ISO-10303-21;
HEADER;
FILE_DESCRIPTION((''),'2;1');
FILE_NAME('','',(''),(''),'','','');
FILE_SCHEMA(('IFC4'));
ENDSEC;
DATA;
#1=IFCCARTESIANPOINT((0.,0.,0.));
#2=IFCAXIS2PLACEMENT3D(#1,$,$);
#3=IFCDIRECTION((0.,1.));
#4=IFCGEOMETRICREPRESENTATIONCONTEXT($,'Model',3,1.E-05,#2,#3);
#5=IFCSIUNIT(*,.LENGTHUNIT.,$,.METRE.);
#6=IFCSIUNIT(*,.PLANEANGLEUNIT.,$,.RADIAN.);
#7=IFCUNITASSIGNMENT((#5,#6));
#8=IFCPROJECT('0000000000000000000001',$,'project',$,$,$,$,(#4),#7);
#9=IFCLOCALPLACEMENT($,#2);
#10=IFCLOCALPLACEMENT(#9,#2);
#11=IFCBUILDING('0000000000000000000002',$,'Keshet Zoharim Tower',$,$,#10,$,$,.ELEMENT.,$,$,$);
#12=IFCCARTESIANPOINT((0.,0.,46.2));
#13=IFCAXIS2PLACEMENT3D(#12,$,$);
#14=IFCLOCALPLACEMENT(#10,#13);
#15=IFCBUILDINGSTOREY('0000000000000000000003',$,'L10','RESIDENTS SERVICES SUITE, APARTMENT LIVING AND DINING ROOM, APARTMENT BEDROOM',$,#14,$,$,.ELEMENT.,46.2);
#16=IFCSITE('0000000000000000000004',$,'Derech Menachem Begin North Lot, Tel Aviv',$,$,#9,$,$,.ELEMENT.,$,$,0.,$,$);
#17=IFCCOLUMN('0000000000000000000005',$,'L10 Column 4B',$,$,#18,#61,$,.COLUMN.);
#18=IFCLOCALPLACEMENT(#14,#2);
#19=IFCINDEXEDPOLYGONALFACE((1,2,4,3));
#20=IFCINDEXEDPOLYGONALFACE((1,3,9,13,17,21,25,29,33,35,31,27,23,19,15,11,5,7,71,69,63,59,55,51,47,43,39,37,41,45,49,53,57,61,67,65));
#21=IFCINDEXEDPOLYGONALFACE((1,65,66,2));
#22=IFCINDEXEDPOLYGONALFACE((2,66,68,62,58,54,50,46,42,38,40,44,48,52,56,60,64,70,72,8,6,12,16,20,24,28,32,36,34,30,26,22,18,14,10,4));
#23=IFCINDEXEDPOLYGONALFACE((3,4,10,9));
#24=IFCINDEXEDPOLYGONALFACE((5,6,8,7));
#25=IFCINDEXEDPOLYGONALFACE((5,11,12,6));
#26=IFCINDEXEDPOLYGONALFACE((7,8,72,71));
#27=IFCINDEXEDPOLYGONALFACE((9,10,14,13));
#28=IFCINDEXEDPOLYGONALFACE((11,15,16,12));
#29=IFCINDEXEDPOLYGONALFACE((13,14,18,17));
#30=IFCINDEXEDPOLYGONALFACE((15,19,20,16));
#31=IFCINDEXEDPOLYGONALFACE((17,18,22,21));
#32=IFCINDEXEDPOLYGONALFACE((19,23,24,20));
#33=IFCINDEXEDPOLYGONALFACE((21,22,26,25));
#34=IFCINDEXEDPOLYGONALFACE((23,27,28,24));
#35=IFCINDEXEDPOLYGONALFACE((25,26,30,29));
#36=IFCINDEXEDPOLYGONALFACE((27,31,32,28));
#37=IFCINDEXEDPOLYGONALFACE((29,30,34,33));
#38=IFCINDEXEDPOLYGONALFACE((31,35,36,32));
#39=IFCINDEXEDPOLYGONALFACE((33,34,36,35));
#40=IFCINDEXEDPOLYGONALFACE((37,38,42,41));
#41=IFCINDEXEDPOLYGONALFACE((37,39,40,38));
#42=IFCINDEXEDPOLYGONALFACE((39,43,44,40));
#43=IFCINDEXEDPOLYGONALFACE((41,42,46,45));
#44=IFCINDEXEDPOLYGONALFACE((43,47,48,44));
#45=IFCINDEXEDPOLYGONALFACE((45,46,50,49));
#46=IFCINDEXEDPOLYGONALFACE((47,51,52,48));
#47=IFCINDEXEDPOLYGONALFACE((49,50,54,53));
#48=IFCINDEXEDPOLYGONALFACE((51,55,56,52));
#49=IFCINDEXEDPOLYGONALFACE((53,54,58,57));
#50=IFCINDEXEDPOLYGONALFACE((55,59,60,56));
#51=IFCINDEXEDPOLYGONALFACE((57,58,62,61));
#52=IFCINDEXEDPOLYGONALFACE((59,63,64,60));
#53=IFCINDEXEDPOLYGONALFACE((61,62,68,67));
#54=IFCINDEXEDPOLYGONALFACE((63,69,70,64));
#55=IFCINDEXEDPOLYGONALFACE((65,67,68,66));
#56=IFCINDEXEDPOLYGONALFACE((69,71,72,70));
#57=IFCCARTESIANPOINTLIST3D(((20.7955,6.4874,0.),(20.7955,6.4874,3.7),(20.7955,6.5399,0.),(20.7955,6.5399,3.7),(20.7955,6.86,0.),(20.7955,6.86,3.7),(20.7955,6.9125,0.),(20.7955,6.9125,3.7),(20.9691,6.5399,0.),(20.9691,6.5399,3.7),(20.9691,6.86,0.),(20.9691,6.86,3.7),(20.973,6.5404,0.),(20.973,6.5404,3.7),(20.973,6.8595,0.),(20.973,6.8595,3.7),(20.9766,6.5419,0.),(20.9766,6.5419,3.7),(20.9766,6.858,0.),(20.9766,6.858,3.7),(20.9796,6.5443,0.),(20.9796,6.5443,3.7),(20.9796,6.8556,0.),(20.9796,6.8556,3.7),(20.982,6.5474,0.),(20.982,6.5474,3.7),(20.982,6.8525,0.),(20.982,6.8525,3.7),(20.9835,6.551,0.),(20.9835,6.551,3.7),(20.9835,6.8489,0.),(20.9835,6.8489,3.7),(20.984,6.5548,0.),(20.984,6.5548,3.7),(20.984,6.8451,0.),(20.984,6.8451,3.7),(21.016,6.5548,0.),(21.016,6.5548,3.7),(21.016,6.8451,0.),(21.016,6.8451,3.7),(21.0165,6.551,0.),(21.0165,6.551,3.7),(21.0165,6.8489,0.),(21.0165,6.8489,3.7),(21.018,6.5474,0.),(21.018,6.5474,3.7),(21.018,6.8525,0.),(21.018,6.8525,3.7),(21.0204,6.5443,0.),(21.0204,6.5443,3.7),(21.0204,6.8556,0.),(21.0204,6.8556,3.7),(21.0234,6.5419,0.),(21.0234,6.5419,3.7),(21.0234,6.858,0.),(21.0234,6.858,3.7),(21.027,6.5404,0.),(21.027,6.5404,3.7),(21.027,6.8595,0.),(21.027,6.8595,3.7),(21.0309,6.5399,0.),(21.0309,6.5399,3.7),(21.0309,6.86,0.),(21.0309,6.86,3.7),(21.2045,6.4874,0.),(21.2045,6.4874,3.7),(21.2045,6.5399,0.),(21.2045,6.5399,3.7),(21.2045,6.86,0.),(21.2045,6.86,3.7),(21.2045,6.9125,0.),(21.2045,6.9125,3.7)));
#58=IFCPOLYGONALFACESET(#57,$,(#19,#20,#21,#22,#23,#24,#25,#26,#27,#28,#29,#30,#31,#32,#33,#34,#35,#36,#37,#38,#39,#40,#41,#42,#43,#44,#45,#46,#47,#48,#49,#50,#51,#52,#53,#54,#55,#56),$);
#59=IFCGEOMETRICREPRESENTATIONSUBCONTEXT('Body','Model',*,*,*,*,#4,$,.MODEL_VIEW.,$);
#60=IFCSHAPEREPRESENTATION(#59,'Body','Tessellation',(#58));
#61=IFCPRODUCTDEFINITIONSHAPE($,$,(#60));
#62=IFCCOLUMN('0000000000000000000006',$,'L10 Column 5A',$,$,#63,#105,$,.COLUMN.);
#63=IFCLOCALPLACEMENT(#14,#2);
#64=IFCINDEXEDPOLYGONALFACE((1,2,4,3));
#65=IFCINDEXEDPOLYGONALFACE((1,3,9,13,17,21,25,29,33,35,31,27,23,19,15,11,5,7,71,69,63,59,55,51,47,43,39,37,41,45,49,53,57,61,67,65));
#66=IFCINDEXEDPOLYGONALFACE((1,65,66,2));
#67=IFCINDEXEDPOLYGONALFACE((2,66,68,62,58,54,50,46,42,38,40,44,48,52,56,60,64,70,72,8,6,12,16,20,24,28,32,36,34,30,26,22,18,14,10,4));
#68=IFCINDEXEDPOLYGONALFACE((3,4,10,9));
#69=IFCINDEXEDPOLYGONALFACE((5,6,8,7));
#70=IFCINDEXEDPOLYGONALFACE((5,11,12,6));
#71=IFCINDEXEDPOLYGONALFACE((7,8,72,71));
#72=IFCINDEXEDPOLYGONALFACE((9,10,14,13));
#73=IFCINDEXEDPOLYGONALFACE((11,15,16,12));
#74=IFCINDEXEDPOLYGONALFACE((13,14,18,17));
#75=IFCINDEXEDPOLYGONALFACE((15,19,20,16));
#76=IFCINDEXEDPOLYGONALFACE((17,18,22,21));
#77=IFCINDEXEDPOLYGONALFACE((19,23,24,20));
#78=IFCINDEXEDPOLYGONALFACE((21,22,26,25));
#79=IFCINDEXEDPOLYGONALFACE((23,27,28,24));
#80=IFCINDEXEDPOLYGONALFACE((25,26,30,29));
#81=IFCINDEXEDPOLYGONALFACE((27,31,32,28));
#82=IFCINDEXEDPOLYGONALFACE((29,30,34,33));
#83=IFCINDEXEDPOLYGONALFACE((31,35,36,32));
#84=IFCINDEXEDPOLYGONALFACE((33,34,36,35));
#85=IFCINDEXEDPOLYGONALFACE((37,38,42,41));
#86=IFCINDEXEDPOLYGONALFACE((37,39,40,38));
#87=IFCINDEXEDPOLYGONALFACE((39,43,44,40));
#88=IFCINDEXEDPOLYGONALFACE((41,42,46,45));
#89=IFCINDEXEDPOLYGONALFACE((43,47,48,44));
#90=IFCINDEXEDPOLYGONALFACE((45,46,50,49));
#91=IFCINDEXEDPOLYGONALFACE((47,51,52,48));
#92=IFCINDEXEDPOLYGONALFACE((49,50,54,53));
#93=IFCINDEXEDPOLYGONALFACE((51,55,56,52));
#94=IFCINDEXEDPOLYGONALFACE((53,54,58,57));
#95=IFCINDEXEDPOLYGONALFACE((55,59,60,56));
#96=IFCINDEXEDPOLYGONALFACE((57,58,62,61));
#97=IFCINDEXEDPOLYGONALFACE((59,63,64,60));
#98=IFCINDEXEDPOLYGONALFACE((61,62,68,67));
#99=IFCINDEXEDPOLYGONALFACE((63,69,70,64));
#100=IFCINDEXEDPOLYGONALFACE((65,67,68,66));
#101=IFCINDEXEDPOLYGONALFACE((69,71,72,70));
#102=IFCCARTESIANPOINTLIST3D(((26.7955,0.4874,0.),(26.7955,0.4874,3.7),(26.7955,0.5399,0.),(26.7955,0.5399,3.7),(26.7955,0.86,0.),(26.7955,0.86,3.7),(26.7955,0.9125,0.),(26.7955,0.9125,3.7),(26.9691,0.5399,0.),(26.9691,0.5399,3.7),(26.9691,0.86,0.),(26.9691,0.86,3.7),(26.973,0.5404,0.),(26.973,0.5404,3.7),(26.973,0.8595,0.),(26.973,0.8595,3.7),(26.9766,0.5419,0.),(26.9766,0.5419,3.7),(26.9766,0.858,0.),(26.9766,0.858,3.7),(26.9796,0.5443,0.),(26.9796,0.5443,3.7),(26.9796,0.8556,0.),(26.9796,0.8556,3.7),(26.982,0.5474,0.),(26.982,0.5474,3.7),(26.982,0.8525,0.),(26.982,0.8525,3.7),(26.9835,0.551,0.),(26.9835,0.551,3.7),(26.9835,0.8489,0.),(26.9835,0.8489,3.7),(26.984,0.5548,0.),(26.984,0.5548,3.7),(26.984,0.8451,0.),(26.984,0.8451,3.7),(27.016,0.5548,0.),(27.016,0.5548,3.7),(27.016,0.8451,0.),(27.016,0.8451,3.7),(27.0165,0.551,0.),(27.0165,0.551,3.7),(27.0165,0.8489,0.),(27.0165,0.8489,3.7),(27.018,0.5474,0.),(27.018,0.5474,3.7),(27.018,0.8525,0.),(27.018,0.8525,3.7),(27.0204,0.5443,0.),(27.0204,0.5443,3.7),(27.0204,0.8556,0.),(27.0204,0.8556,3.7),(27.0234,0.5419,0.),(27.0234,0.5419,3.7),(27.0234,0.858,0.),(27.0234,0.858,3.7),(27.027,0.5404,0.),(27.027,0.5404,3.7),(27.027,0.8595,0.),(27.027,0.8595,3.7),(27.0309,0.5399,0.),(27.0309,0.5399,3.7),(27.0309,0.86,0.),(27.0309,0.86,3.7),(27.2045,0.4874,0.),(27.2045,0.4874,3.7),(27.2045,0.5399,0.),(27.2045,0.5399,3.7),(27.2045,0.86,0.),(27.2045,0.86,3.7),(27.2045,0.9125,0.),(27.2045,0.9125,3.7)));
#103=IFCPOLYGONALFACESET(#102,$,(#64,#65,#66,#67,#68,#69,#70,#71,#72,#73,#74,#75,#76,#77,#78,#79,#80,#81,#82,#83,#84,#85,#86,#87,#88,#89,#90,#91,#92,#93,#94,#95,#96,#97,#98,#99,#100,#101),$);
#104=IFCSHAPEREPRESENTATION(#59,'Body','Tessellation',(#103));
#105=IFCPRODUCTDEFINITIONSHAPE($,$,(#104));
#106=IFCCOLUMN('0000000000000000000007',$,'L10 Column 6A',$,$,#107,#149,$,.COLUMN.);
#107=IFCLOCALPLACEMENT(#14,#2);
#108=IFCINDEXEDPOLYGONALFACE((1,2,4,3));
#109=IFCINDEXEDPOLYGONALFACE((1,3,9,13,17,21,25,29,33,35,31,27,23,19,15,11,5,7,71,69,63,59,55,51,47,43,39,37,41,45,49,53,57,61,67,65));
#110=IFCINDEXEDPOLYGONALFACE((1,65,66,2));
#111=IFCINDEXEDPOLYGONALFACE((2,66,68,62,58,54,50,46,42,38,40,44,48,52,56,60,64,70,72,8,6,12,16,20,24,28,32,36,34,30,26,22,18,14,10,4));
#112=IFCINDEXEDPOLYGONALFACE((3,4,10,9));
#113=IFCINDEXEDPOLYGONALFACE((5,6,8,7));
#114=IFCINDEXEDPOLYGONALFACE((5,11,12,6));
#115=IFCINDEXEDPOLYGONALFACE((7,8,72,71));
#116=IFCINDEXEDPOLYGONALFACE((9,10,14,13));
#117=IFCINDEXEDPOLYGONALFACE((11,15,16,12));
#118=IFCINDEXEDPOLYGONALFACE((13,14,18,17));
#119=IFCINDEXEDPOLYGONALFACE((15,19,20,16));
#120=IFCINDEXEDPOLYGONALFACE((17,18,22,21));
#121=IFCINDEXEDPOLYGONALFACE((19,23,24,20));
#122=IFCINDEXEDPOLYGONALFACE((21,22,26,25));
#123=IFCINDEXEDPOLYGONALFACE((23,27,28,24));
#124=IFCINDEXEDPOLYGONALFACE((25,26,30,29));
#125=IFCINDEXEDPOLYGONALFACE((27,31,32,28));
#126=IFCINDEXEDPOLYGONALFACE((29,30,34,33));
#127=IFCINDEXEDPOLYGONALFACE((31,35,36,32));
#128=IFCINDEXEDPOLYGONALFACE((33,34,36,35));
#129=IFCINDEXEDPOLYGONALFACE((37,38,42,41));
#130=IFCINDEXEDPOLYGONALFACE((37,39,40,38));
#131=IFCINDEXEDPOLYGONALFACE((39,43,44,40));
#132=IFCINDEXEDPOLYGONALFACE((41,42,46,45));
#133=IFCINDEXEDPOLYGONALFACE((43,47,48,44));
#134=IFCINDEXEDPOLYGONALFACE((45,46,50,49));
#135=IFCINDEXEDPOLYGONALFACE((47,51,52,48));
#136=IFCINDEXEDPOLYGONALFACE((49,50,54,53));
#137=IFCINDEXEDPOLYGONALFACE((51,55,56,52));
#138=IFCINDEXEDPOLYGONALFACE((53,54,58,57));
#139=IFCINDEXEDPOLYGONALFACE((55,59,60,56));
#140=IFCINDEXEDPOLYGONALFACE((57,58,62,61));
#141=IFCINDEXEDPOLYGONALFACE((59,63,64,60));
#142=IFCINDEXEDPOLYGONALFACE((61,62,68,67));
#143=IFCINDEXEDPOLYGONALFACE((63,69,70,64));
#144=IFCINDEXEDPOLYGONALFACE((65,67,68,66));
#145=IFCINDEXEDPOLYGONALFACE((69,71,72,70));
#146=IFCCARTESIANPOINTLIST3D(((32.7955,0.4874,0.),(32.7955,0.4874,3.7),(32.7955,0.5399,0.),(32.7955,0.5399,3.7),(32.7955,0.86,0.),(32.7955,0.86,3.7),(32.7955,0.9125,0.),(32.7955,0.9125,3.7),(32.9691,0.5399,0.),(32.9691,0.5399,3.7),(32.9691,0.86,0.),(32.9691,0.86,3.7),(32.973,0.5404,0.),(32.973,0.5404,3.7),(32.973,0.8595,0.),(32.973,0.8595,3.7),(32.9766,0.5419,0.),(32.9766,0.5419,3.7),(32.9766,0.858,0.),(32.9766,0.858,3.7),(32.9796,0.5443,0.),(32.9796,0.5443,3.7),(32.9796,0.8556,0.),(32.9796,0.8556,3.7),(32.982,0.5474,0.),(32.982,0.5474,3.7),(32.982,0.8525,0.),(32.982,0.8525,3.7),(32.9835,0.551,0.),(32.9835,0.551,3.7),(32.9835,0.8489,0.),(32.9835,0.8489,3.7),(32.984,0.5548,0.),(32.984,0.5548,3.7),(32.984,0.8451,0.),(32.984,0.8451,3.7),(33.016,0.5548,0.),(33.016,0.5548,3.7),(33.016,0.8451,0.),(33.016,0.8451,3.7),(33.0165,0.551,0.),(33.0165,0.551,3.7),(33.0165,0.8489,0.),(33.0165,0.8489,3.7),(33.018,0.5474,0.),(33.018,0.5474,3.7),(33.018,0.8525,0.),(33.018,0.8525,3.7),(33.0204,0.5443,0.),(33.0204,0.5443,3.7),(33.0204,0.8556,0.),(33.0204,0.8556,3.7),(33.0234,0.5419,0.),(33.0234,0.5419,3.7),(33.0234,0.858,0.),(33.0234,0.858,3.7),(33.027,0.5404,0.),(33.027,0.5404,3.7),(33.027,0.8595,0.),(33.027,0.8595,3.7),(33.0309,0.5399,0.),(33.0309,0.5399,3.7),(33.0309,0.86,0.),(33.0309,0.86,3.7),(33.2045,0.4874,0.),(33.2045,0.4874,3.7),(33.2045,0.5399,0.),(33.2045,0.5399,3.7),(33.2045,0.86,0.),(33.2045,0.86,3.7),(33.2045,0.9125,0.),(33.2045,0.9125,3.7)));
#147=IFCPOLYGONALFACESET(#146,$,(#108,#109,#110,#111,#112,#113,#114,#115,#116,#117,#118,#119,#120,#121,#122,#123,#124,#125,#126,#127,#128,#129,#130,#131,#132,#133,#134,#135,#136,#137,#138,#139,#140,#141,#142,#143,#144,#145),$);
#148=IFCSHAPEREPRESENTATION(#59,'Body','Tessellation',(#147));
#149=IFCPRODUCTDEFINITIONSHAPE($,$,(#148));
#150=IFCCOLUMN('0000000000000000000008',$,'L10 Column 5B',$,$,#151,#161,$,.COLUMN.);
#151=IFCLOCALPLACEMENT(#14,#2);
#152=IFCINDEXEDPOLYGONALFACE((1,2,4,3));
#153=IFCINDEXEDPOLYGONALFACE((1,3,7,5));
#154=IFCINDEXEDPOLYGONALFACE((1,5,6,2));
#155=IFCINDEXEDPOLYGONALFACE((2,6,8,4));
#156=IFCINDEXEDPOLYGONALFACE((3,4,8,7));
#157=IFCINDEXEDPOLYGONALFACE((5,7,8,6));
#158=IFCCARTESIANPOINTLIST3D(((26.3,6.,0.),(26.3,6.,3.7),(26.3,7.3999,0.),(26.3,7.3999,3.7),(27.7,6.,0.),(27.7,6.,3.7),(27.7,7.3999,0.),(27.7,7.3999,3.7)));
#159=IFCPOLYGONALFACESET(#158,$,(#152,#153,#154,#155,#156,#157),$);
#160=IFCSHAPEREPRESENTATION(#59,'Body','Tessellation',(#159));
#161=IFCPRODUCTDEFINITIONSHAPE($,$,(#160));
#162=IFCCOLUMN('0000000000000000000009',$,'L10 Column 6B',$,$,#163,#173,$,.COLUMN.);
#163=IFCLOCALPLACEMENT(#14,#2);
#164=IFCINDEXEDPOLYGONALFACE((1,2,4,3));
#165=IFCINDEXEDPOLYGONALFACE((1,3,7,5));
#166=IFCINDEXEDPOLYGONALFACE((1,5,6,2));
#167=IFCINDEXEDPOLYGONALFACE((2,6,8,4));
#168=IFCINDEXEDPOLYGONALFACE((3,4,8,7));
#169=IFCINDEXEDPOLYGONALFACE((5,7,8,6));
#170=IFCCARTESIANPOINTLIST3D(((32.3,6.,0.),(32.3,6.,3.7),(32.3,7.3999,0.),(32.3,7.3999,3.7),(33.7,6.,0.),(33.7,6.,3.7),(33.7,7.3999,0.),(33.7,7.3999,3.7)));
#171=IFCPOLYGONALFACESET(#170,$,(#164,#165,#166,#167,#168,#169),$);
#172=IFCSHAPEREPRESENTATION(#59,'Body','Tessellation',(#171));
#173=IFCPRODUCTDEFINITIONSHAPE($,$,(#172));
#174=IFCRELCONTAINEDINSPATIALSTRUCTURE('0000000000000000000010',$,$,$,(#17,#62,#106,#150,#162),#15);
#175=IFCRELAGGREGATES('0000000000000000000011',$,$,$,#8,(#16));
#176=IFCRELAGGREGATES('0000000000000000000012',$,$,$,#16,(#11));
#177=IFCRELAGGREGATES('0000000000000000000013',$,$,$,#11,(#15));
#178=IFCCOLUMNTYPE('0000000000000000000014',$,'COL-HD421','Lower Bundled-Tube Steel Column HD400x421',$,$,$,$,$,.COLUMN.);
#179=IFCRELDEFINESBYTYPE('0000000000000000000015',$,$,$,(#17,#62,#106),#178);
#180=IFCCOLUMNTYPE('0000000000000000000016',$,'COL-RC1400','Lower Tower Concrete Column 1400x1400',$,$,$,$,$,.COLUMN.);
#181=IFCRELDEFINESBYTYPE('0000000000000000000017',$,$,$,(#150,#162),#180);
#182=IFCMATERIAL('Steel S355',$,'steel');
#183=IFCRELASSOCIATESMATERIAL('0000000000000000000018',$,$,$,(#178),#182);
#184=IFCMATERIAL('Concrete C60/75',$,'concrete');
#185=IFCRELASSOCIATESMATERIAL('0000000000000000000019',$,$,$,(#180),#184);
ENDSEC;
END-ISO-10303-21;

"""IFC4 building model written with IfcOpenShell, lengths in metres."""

from ifc_helpers import new_model, si_unit, direction, frame, origin, origin_2d, place, context, subcontext, project, spatial, rectangle, i_section, extrude, material, material_profile, profile_set, type_object, element, save


model = new_model("IFC4")

# Units and contexts
model_context = context("Model", 3, precision=1e-05, world=origin(), true_north=direction((0.0, 1.0)))
body_context = subcontext(model_context, "Body", "Model", "MODEL_VIEW")
ifc_project = project(units=[si_unit("LENGTHUNIT", "METRE"), si_unit("PLANEANGLEUNIT", "RADIAN")], contexts=[model_context])

# Site, building, storey
site_placement = place(None, origin())
site = spatial("IfcSite", under=ifc_project, at=site_placement, Name="Derech Menachem Begin North Lot, Tel Aviv", CompositionType="ELEMENT", RefElevation=0.0)
building_placement = place(site_placement, origin())
building = spatial("IfcBuilding", under=site, at=building_placement, Name="Keshet Zoharim Tower", CompositionType="ELEMENT")
storey_placement = place(building_placement, frame((0.0, 0.0, 46.2)))
storey = spatial("IfcBuildingStorey", under=building, at=storey_placement, Name="L10", Description="RESIDENTS SERVICES SUITE, APARTMENT LIVING AND DINING ROOM, APARTMENT BEDROOM", CompositionType="ELEMENT", Elevation=46.2)

# Columns
ifc_material_1 = material(Name="Steel S355", Category="steel")
ifc_material_profile_1 = material_profile(ifc_material_1, i_section(OverallWidth=0.4089, OverallDepth=0.425, WebThickness=0.032, FlangeThickness=0.0525, FilletRadius=0.0149, at=origin_2d()), Name="HD400x421")
ifc_profile_set_1 = profile_set([ifc_material_profile_1], Name="Steel S355")
column_type_1 = type_object("IfcColumnType", Name="COL-HD421", Description="Lower Bundled-Tube Steel Column HD400x421", PredefinedType="COLUMN", material=ifc_profile_set_1)
for number, where, z_axis, x_axis, name in (
    (1, (21.0, 6.7, 0.0), (0.0, 0.0, 1.0), (1.0, 0.0, 0.0), "L10 Column 4B"),
    (2, (27.0, 0.7, 0.0), (0.0, 0.0, 1.0), (1.0, 0.0, 0.0), "L10 Column 5A"),
    (3, (33.0, 0.7, 0.0), (0.0, 0.0, 1.0), (1.0, 0.0, 0.0), "L10 Column 6A"),
):
    element("IfcColumn", number, at=place(storey_placement, frame(where, z_axis=z_axis, x_axis=x_axis)), inside=storey, type_object=column_type_1, Name=name, PredefinedType="COLUMN", context=body_context, shape_type="SweptSolid", body=[
        extrude(i_section(OverallWidth=0.4089, OverallDepth=0.425, WebThickness=0.032, FlangeThickness=0.0525, FilletRadius=0.0149, at=origin_2d()), origin(), (0.0, 0.0, 1.0), 3.7),
    ])
ifc_material_2 = material(Name="Concrete C60/75", Category="concrete")
ifc_material_profile_2 = material_profile(ifc_material_2, rectangle(XDim=1.3999, YDim=1.3999, at=origin_2d()), Name="RC1400x1400")
ifc_profile_set_2 = profile_set([ifc_material_profile_2], Name="Concrete C60/75")
column_type_2 = type_object("IfcColumnType", Name="COL-RC1400", Description="Lower Tower Concrete Column 1400x1400", PredefinedType="COLUMN", material=ifc_profile_set_2)
for number, where, z_axis, x_axis, name in (
    (4, (27.0, 6.7, 0.0), (0.0, 0.0, 1.0), (1.0, 0.0, 0.0), "L10 Column 5B"),
    (5, (33.0, 6.7, 0.0), (0.0, 0.0, 1.0), (1.0, 0.0, 0.0), "L10 Column 6B"),
):
    element("IfcColumn", number, at=place(storey_placement, frame(where, z_axis=z_axis, x_axis=x_axis)), inside=storey, type_object=column_type_2, Name=name, PredefinedType="COLUMN", context=body_context, shape_type="SweptSolid", body=[
        extrude(rectangle(XDim=1.3999, YDim=1.3999, at=origin_2d()), origin(), (0.0, 0.0, 1.0), 3.7),
    ])

save(model, "model.ifc")
